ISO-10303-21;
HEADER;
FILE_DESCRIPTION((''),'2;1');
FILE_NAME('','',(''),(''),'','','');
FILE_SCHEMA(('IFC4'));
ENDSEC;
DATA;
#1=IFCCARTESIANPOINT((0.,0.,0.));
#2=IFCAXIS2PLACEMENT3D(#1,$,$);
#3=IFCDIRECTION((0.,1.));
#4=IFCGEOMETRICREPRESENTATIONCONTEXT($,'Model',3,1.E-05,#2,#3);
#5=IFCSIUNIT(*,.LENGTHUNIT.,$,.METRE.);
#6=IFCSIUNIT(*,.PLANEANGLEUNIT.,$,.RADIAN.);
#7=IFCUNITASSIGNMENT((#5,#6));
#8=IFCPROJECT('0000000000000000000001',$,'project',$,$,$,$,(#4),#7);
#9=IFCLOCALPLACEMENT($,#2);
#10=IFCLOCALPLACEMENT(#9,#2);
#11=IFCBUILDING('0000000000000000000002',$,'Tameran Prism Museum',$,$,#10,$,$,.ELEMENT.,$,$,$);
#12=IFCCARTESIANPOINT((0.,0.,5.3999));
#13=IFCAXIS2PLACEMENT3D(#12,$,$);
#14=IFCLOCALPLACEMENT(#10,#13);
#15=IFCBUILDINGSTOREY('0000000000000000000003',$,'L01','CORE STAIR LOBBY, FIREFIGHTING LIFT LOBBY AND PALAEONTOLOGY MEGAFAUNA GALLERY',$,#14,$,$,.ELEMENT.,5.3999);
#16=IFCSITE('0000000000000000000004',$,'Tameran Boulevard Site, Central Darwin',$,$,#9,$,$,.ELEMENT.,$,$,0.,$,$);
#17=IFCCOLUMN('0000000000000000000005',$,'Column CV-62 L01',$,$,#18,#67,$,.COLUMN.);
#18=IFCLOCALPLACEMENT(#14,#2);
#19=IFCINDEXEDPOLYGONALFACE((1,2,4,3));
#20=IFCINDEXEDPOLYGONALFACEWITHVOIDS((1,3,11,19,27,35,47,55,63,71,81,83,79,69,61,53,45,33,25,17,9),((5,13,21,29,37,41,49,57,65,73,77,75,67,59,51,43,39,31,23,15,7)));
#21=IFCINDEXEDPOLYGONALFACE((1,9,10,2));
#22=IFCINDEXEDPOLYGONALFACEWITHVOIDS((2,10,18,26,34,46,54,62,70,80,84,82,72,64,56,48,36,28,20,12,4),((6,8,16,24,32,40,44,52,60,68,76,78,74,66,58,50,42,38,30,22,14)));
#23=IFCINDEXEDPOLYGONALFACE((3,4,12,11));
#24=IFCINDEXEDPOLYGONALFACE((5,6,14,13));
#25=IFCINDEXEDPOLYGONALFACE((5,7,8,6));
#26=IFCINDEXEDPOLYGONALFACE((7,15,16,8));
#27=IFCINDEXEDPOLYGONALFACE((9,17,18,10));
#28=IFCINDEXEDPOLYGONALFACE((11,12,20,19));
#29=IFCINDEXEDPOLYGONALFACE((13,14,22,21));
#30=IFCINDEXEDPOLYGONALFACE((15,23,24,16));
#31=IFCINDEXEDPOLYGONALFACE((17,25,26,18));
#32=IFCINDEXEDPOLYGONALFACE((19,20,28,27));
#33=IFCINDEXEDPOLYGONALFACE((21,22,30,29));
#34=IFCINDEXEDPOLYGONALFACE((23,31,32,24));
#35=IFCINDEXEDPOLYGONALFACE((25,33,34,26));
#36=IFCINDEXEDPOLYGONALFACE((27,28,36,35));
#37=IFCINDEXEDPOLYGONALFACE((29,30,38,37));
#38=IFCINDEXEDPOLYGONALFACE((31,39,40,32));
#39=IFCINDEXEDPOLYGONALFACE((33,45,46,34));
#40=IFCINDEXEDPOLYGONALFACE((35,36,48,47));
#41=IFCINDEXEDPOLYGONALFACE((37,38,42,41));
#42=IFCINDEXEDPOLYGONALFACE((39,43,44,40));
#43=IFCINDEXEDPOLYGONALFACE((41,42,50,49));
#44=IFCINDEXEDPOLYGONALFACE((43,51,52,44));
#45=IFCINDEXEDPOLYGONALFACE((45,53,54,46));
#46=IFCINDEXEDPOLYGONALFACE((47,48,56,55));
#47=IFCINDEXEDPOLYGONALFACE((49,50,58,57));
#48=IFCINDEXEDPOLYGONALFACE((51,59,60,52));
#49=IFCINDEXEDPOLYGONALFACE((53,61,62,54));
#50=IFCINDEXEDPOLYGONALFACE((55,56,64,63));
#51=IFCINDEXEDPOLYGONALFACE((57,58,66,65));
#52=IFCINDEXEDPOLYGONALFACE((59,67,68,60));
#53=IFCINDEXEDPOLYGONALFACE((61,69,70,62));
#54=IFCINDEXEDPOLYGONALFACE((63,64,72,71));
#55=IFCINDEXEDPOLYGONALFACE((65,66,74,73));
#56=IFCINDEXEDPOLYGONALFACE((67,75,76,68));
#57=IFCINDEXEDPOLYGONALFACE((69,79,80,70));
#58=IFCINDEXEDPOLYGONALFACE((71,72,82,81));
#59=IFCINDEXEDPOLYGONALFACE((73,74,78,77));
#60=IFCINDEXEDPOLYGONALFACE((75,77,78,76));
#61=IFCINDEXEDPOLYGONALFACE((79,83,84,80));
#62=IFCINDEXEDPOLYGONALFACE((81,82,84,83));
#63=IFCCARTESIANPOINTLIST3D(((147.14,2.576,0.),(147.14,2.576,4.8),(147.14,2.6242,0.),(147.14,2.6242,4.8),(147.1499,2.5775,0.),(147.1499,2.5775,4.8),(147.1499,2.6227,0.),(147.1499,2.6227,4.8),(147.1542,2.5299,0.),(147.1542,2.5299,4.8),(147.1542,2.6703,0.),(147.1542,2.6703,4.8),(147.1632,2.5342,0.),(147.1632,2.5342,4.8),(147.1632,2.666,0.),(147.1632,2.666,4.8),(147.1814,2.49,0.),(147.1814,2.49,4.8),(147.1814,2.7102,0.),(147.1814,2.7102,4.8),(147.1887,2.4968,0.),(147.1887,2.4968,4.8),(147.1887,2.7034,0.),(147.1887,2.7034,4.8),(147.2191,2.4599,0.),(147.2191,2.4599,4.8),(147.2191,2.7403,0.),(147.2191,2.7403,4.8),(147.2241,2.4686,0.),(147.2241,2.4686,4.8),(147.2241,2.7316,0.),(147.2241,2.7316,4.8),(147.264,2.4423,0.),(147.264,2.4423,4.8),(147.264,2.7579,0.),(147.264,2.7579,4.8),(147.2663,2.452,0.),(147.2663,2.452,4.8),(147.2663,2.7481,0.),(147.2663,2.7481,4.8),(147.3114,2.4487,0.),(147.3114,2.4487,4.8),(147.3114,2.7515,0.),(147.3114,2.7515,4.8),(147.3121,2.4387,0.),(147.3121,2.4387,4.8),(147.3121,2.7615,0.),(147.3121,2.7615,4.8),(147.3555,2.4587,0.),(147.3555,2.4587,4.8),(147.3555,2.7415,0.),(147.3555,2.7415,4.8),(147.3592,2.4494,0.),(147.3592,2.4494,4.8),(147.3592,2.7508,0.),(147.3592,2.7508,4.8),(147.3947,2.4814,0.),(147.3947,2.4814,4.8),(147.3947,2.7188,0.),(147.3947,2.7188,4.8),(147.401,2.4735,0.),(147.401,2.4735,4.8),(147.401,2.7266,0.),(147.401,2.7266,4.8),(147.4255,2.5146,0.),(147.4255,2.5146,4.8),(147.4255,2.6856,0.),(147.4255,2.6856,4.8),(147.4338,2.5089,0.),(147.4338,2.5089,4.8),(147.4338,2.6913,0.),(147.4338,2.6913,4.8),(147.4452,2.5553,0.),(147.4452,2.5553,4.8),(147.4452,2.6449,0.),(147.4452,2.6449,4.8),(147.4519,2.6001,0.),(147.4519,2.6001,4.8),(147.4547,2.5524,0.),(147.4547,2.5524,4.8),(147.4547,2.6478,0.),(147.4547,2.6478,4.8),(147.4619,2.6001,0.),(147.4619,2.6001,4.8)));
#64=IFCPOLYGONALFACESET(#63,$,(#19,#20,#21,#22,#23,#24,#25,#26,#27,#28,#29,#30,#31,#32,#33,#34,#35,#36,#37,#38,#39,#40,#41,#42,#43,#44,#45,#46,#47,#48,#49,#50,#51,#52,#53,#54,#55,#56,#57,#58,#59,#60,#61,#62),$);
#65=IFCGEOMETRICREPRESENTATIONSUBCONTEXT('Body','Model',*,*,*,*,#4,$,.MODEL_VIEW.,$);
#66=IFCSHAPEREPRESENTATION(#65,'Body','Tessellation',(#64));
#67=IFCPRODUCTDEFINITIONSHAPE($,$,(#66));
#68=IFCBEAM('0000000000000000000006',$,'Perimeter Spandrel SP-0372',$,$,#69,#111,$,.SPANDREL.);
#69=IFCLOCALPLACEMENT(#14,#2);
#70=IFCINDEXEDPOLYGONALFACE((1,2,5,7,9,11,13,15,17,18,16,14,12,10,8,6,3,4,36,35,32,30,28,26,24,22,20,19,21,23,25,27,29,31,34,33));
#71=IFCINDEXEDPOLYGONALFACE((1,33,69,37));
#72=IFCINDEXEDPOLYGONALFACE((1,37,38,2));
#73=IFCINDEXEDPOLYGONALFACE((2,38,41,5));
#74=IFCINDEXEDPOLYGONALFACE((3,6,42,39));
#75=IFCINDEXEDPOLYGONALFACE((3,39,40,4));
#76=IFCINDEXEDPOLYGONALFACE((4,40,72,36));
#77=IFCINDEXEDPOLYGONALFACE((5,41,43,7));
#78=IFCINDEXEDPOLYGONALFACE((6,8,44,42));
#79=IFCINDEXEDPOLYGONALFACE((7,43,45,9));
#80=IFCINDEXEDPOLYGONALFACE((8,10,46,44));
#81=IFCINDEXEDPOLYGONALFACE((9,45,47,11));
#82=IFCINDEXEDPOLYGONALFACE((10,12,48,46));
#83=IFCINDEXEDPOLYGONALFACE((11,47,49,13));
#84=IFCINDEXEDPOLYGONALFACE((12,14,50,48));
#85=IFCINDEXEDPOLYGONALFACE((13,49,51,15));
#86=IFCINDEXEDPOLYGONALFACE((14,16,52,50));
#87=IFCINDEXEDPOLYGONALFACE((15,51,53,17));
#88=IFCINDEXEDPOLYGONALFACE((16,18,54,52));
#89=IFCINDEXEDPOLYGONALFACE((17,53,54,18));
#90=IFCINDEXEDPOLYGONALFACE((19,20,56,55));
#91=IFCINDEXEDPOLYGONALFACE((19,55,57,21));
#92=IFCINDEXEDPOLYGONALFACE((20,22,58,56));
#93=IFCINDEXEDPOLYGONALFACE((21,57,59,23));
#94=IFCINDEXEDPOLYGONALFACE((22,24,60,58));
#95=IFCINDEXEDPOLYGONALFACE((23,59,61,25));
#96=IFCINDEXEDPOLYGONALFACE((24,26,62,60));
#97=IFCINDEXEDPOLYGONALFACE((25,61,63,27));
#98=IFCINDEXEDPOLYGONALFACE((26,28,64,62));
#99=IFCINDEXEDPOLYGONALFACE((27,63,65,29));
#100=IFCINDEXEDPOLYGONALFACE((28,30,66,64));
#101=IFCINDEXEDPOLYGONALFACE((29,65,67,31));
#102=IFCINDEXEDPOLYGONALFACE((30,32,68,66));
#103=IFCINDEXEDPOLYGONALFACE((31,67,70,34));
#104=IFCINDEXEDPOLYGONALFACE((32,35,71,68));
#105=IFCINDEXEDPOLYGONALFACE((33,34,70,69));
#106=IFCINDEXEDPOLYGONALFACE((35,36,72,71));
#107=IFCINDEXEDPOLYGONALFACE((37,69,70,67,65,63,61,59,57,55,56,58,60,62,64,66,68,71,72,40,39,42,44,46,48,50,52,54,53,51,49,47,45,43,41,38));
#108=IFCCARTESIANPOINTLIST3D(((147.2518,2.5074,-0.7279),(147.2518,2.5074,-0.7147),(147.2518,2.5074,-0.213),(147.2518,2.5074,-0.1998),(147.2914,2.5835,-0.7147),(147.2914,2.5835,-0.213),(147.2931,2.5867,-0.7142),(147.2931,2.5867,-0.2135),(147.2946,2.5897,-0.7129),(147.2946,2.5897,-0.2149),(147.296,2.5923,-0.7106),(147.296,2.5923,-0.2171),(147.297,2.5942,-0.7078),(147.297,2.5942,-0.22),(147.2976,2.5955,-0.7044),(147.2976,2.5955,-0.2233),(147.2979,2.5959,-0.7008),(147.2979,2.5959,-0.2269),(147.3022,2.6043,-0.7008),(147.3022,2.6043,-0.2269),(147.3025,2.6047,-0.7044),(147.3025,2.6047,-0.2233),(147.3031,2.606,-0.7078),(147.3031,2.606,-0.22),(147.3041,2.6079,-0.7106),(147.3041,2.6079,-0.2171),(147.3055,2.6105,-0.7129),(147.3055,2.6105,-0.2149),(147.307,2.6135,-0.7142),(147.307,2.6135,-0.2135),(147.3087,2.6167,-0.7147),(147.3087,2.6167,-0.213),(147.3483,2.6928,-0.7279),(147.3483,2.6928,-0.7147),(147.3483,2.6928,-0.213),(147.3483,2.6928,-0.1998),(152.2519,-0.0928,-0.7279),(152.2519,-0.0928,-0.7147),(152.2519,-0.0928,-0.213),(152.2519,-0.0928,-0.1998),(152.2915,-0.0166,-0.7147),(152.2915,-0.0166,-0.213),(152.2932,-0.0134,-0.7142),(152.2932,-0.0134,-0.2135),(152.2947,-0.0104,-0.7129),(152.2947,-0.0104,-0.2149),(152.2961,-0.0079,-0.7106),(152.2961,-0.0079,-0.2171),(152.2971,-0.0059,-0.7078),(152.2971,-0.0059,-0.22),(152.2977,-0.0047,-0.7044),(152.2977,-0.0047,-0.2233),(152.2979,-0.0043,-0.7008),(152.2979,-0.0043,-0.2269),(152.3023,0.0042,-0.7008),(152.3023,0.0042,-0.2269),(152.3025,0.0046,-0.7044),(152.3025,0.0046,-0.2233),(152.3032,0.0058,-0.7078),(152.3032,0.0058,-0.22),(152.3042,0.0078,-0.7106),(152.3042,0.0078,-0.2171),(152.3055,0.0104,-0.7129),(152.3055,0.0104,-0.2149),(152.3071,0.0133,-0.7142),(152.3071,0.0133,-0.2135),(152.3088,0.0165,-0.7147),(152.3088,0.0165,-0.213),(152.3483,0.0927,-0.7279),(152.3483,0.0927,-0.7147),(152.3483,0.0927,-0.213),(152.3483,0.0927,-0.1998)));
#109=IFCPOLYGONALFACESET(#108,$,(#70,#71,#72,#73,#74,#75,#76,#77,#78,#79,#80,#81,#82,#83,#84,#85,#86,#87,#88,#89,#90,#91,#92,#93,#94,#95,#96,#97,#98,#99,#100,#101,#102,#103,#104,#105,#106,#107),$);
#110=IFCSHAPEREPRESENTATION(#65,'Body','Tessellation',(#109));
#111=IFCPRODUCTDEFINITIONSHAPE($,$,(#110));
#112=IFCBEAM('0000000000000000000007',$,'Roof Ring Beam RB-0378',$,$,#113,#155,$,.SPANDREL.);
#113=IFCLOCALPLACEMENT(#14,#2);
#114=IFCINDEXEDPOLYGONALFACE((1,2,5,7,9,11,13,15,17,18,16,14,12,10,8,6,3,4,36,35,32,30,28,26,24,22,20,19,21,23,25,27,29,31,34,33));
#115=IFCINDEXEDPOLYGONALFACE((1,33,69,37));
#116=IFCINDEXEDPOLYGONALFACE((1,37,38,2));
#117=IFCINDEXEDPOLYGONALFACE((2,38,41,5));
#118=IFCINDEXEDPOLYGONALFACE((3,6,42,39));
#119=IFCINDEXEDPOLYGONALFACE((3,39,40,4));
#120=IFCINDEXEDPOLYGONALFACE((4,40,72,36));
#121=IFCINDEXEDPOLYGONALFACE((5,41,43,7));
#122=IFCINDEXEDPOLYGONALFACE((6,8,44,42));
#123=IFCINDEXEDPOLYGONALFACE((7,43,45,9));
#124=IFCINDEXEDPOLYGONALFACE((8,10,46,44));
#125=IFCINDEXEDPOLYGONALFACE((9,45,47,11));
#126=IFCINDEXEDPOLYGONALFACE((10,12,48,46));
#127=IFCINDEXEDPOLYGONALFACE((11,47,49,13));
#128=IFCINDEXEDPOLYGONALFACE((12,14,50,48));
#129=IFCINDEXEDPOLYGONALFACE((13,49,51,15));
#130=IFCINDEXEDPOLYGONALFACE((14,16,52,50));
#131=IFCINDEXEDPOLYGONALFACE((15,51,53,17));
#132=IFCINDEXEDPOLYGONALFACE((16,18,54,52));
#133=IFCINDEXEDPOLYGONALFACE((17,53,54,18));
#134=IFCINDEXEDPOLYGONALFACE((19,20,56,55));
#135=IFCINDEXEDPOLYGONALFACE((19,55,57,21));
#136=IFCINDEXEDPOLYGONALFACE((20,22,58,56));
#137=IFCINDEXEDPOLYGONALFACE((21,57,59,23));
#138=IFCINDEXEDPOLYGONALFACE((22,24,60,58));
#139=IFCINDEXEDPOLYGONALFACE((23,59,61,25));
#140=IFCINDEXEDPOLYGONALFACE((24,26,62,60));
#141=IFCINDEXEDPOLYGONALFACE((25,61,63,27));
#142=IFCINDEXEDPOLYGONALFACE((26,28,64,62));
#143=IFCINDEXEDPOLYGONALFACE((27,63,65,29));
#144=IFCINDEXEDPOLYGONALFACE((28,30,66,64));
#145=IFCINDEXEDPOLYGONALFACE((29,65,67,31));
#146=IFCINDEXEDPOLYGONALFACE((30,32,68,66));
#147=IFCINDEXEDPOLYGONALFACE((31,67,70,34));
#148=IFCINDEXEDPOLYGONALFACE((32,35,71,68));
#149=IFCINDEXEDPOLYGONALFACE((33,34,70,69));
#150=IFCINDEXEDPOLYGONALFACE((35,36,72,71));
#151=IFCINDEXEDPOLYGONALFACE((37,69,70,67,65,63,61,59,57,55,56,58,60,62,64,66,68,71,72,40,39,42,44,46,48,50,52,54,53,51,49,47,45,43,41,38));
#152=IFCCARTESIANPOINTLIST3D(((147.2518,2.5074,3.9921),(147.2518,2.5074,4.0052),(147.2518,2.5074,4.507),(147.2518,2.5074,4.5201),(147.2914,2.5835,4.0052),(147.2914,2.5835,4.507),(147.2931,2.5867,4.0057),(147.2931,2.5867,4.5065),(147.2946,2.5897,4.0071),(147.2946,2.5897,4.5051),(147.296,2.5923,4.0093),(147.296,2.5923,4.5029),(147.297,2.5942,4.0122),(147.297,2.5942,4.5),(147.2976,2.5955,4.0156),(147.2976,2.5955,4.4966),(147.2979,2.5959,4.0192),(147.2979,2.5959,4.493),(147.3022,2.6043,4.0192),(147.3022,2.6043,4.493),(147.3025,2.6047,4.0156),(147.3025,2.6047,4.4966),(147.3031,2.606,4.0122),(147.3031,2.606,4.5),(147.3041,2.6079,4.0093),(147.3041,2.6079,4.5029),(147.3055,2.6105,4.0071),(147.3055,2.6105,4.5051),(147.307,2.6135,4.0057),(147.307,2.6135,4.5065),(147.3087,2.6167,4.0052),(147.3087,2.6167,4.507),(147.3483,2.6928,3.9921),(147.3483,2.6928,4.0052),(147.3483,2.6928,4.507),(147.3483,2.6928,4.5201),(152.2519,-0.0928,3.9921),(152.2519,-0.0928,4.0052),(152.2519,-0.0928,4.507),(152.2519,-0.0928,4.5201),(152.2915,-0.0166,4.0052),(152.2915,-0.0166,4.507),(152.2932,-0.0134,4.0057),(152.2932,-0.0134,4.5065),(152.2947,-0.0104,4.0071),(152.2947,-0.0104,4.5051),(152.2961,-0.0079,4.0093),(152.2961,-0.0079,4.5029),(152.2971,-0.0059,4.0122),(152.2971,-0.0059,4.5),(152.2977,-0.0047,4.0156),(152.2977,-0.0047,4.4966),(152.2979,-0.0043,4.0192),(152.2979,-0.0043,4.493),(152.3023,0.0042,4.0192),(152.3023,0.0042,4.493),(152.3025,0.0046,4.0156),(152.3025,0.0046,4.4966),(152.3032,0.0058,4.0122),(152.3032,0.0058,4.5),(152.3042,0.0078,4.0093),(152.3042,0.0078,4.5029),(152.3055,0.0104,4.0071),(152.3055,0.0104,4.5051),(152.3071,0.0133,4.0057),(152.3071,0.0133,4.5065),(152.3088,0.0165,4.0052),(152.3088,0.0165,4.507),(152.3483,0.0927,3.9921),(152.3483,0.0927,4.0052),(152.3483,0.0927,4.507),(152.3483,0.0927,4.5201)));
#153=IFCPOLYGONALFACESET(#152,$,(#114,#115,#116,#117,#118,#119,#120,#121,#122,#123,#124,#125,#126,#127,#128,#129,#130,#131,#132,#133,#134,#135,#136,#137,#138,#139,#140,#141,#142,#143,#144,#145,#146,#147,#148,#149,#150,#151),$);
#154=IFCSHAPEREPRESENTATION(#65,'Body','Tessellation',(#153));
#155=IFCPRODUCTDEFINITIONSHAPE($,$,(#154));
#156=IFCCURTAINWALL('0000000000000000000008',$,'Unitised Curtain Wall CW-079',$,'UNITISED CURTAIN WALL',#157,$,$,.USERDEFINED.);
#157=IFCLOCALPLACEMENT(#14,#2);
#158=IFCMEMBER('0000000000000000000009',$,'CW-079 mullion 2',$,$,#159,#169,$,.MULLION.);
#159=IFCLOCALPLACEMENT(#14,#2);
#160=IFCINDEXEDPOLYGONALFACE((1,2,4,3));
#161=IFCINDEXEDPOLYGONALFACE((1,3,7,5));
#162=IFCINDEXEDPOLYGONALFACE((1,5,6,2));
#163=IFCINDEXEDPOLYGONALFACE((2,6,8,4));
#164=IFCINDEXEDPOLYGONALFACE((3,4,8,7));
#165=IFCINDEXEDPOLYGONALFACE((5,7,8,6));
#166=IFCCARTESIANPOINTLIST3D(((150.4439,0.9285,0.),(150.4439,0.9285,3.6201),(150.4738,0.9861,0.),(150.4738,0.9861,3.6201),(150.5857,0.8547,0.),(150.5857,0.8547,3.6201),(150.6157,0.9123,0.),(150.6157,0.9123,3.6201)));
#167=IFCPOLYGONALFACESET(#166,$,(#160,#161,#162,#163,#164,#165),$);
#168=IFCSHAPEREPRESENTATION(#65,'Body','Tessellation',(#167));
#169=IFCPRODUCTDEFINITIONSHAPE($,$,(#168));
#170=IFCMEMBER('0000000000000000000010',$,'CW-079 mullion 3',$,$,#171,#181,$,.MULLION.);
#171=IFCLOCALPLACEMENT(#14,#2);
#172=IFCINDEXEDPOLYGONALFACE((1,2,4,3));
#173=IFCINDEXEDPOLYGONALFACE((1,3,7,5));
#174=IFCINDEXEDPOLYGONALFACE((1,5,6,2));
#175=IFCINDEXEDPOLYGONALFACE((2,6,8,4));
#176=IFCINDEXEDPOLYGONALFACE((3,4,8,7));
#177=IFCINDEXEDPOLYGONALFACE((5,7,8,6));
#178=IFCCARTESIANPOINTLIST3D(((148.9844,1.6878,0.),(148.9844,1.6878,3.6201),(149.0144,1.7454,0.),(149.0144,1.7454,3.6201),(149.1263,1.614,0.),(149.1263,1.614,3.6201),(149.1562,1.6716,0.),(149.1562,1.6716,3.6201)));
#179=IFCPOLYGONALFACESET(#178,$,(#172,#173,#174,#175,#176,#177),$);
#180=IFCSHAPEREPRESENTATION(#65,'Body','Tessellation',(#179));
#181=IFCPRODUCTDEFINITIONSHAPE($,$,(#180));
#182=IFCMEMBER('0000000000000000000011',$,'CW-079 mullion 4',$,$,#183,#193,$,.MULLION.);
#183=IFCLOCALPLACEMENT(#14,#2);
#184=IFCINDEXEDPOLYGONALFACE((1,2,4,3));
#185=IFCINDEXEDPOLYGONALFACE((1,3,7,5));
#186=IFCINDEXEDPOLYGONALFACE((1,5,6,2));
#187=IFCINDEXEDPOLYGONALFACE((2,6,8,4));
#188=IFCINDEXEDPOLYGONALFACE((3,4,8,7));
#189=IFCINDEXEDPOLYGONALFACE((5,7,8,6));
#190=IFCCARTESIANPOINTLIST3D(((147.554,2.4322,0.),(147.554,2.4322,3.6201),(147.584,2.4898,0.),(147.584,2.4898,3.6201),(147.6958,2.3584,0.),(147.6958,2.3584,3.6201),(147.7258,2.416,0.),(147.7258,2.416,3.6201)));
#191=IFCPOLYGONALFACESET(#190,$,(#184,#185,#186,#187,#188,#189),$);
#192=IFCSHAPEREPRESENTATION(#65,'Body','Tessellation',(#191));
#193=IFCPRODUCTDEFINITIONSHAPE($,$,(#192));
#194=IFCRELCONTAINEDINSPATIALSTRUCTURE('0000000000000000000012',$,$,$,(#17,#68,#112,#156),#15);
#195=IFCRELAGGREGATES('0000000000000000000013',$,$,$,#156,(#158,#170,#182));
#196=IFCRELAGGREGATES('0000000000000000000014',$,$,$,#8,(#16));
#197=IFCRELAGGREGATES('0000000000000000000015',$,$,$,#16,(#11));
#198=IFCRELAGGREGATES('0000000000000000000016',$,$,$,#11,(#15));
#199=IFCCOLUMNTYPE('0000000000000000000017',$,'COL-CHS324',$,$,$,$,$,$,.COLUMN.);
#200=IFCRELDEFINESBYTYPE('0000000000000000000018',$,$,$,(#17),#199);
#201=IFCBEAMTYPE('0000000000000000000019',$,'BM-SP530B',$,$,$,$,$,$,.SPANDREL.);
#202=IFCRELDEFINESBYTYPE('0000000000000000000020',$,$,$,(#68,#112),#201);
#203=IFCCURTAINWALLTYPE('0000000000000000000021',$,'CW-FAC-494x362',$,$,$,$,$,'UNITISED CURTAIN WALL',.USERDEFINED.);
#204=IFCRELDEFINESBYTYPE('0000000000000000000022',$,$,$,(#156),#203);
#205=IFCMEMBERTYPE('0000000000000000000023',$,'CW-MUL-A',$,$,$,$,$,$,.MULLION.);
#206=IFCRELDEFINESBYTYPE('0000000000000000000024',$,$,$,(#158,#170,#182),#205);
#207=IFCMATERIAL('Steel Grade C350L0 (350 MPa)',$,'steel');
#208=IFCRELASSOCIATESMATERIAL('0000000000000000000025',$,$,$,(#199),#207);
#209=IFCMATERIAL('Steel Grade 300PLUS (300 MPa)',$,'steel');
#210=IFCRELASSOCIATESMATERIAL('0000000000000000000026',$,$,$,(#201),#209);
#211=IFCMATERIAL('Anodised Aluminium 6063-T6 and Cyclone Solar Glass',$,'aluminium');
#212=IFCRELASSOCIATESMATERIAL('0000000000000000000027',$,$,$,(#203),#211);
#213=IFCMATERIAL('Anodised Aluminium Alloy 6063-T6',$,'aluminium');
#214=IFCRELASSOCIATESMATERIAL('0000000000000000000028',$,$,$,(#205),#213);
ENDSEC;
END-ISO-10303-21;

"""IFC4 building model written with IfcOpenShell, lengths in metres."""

from ifc_helpers import new_model, si_unit, direction, frame, origin, origin_2d, place, context, subcontext, project, spatial, rectangle, hollow_circle, i_section, extrude, material, material_profile, profile_set, type_object, element, aggregate, save


model = new_model("IFC4")

# Units and contexts
model_context = context("Model", 3, precision=1e-05, world=origin(), true_north=direction((0.0, 1.0)))
body_context = subcontext(model_context, "Body", "Model", "MODEL_VIEW")
ifc_project = project(units=[si_unit("LENGTHUNIT", "METRE"), si_unit("PLANEANGLEUNIT", "RADIAN")], contexts=[model_context])

# Site, building, storey
site_placement = place(None, origin())
site = spatial("IfcSite", under=ifc_project, at=site_placement, Name="Tameran Boulevard Site, Central Darwin", CompositionType="ELEMENT", RefElevation=0.0)
building_placement = place(site_placement, origin())
building = spatial("IfcBuilding", under=site, at=building_placement, Name="Tameran Prism Museum", CompositionType="ELEMENT")
storey_placement = place(building_placement, frame((0.0, 0.0, 5.3999)))
storey = spatial("IfcBuildingStorey", under=building, at=storey_placement, Name="L01", Description="CORE STAIR LOBBY, FIREFIGHTING LIFT LOBBY AND PALAEONTOLOGY MEGAFAUNA GALLERY", CompositionType="ELEMENT", Elevation=5.3999)

# Column
ifc_material_1 = material(Name="Steel Grade C350L0 (350 MPa)", Category="steel")
ifc_material_profile_1 = material_profile(ifc_material_1, hollow_circle(Radius=0.1619, WallThickness=0.01, at=origin_2d()))
ifc_profile_set_1 = profile_set([ifc_material_profile_1])
column_type = type_object("IfcColumnType", Name="COL-CHS324", PredefinedType="COLUMN", material=ifc_profile_set_1)
column_placement = place(storey_placement, frame((147.3, 2.6001, 0.0), z_axis=(0.0, 0.0, 1.0), x_axis=(1.0, 0.0, 0.0)))
element("IfcColumn", 1, at=column_placement, inside=storey, type_object=column_type, Name="Column CV-62 L01", PredefinedType="COLUMN", context=body_context, shape_type="SweptSolid", body=[
    extrude(hollow_circle(Radius=0.1619, WallThickness=0.01, at=origin_2d()), origin(), (0.0, 0.0, 1.0), 4.8),
])

# Beams
ifc_material_2 = material(Name="Steel Grade 300PLUS (300 MPa)", Category="steel")
ifc_material_profile_2 = material_profile(ifc_material_2, i_section(OverallWidth=0.209, OverallDepth=0.5281, WebThickness=0.0095, FlangeThickness=0.0132, FilletRadius=0.0139, at=origin_2d()))
ifc_profile_set_2 = profile_set([ifc_material_profile_2])
beam_type = type_object("IfcBeamType", Name="BM-SP530B", PredefinedType="SPANDREL", material=ifc_profile_set_2)
for number, where, z_axis, x_axis, name in (
    (2, (147.3, 2.6001, -0.4639), (0.88721, -0.461366, 0.0), (0.461366, 0.88721, 0.0), "Perimeter Spandrel SP-0372"),
    (3, (147.3, 2.6001, 4.2561), (0.88721, -0.461366, 0.0), (0.461366, 0.88721, 0.0), "Roof Ring Beam RB-0378"),
):
    element("IfcBeam", number, at=place(storey_placement, frame(where, z_axis=z_axis, x_axis=x_axis)), inside=storey, type_object=beam_type, Name=name, PredefinedType="SPANDREL", context=body_context, shape_type="SweptSolid", body=[
        extrude(i_section(OverallWidth=0.209, OverallDepth=0.5281, WebThickness=0.0095, FlangeThickness=0.0132, FilletRadius=0.0139, at=origin_2d()), origin(), (0.0, 0.0, 1.0), 5.6357),
    ])

# Curtain wall, members
ifc_material_3 = material(Name="Anodised Aluminium 6063-T6 and Cyclone Solar Glass", Category="aluminium")
curtain_wall_type_1 = type_object("IfcCurtainWallType", Name="CW-FAC-494x362", ElementType="UNITISED CURTAIN WALL", PredefinedType="USERDEFINED", material=ifc_material_3)
curtain_wall_1_placement = place(storey_placement, origin())
curtain_wall_1 = element("IfcCurtainWall", 4, at=curtain_wall_1_placement, inside=storey, type_object=curtain_wall_type_1, Name="Unitised Curtain Wall CW-079", ObjectType="UNITISED CURTAIN WALL", PredefinedType="USERDEFINED")
ifc_material_4 = material(Name="Anodised Aluminium Alloy 6063-T6", Category="aluminium")
ifc_material_profile_3 = material_profile(ifc_material_4, rectangle(XDim=0.0649, YDim=0.1599, at=origin_2d()))
ifc_profile_set_3 = profile_set([ifc_material_profile_3])
member_type_1 = type_object("IfcMemberType", Name="CW-MUL-A", PredefinedType="MULLION", material=ifc_profile_set_3)
member_1_placement = place(storey_placement, frame((150.5298, 0.9204, 0.0), z_axis=(0.0, 0.0, 1.0), x_axis=(-0.461582, -0.887097, 0.0)))
member_1 = element("IfcMember", 5, at=member_1_placement, type_object=member_type_1, Name="CW-079 mullion 2", PredefinedType="MULLION", context=body_context, shape_type="SweptSolid", body=[
    extrude(rectangle(XDim=0.0649, YDim=0.1599, at=origin_2d()), origin(), (0.0, 0.0, 1.0), 3.6201),
])
member_2_placement = place(storey_placement, frame((149.0703, 1.6797, 0.0), z_axis=(0.0, 0.0, 1.0), x_axis=(-0.461582, -0.887097, 0.0)))
member_2 = element("IfcMember", 6, at=member_2_placement, type_object=member_type_1, Name="CW-079 mullion 3", PredefinedType="MULLION", context=body_context, shape_type="SweptSolid", body=[
    extrude(rectangle(XDim=0.0649, YDim=0.1599, at=origin_2d()), origin(), (0.0, 0.0, 1.0), 3.6201),
])
member_3_placement = place(storey_placement, frame((147.6399, 2.4241, 0.0), z_axis=(0.0, 0.0, 1.0), x_axis=(-0.461582, -0.887097, 0.0)))
member_3 = element("IfcMember", 7, at=member_3_placement, type_object=member_type_1, Name="CW-079 mullion 4", PredefinedType="MULLION", context=body_context, shape_type="SweptSolid", body=[
    extrude(rectangle(XDim=0.0649, YDim=0.1599, at=origin_2d()), origin(), (0.0, 0.0, 1.0), 3.6201),
])

aggregate(curtain_wall_1, [member_1, member_2, member_3])

save(model, "model.ifc")
